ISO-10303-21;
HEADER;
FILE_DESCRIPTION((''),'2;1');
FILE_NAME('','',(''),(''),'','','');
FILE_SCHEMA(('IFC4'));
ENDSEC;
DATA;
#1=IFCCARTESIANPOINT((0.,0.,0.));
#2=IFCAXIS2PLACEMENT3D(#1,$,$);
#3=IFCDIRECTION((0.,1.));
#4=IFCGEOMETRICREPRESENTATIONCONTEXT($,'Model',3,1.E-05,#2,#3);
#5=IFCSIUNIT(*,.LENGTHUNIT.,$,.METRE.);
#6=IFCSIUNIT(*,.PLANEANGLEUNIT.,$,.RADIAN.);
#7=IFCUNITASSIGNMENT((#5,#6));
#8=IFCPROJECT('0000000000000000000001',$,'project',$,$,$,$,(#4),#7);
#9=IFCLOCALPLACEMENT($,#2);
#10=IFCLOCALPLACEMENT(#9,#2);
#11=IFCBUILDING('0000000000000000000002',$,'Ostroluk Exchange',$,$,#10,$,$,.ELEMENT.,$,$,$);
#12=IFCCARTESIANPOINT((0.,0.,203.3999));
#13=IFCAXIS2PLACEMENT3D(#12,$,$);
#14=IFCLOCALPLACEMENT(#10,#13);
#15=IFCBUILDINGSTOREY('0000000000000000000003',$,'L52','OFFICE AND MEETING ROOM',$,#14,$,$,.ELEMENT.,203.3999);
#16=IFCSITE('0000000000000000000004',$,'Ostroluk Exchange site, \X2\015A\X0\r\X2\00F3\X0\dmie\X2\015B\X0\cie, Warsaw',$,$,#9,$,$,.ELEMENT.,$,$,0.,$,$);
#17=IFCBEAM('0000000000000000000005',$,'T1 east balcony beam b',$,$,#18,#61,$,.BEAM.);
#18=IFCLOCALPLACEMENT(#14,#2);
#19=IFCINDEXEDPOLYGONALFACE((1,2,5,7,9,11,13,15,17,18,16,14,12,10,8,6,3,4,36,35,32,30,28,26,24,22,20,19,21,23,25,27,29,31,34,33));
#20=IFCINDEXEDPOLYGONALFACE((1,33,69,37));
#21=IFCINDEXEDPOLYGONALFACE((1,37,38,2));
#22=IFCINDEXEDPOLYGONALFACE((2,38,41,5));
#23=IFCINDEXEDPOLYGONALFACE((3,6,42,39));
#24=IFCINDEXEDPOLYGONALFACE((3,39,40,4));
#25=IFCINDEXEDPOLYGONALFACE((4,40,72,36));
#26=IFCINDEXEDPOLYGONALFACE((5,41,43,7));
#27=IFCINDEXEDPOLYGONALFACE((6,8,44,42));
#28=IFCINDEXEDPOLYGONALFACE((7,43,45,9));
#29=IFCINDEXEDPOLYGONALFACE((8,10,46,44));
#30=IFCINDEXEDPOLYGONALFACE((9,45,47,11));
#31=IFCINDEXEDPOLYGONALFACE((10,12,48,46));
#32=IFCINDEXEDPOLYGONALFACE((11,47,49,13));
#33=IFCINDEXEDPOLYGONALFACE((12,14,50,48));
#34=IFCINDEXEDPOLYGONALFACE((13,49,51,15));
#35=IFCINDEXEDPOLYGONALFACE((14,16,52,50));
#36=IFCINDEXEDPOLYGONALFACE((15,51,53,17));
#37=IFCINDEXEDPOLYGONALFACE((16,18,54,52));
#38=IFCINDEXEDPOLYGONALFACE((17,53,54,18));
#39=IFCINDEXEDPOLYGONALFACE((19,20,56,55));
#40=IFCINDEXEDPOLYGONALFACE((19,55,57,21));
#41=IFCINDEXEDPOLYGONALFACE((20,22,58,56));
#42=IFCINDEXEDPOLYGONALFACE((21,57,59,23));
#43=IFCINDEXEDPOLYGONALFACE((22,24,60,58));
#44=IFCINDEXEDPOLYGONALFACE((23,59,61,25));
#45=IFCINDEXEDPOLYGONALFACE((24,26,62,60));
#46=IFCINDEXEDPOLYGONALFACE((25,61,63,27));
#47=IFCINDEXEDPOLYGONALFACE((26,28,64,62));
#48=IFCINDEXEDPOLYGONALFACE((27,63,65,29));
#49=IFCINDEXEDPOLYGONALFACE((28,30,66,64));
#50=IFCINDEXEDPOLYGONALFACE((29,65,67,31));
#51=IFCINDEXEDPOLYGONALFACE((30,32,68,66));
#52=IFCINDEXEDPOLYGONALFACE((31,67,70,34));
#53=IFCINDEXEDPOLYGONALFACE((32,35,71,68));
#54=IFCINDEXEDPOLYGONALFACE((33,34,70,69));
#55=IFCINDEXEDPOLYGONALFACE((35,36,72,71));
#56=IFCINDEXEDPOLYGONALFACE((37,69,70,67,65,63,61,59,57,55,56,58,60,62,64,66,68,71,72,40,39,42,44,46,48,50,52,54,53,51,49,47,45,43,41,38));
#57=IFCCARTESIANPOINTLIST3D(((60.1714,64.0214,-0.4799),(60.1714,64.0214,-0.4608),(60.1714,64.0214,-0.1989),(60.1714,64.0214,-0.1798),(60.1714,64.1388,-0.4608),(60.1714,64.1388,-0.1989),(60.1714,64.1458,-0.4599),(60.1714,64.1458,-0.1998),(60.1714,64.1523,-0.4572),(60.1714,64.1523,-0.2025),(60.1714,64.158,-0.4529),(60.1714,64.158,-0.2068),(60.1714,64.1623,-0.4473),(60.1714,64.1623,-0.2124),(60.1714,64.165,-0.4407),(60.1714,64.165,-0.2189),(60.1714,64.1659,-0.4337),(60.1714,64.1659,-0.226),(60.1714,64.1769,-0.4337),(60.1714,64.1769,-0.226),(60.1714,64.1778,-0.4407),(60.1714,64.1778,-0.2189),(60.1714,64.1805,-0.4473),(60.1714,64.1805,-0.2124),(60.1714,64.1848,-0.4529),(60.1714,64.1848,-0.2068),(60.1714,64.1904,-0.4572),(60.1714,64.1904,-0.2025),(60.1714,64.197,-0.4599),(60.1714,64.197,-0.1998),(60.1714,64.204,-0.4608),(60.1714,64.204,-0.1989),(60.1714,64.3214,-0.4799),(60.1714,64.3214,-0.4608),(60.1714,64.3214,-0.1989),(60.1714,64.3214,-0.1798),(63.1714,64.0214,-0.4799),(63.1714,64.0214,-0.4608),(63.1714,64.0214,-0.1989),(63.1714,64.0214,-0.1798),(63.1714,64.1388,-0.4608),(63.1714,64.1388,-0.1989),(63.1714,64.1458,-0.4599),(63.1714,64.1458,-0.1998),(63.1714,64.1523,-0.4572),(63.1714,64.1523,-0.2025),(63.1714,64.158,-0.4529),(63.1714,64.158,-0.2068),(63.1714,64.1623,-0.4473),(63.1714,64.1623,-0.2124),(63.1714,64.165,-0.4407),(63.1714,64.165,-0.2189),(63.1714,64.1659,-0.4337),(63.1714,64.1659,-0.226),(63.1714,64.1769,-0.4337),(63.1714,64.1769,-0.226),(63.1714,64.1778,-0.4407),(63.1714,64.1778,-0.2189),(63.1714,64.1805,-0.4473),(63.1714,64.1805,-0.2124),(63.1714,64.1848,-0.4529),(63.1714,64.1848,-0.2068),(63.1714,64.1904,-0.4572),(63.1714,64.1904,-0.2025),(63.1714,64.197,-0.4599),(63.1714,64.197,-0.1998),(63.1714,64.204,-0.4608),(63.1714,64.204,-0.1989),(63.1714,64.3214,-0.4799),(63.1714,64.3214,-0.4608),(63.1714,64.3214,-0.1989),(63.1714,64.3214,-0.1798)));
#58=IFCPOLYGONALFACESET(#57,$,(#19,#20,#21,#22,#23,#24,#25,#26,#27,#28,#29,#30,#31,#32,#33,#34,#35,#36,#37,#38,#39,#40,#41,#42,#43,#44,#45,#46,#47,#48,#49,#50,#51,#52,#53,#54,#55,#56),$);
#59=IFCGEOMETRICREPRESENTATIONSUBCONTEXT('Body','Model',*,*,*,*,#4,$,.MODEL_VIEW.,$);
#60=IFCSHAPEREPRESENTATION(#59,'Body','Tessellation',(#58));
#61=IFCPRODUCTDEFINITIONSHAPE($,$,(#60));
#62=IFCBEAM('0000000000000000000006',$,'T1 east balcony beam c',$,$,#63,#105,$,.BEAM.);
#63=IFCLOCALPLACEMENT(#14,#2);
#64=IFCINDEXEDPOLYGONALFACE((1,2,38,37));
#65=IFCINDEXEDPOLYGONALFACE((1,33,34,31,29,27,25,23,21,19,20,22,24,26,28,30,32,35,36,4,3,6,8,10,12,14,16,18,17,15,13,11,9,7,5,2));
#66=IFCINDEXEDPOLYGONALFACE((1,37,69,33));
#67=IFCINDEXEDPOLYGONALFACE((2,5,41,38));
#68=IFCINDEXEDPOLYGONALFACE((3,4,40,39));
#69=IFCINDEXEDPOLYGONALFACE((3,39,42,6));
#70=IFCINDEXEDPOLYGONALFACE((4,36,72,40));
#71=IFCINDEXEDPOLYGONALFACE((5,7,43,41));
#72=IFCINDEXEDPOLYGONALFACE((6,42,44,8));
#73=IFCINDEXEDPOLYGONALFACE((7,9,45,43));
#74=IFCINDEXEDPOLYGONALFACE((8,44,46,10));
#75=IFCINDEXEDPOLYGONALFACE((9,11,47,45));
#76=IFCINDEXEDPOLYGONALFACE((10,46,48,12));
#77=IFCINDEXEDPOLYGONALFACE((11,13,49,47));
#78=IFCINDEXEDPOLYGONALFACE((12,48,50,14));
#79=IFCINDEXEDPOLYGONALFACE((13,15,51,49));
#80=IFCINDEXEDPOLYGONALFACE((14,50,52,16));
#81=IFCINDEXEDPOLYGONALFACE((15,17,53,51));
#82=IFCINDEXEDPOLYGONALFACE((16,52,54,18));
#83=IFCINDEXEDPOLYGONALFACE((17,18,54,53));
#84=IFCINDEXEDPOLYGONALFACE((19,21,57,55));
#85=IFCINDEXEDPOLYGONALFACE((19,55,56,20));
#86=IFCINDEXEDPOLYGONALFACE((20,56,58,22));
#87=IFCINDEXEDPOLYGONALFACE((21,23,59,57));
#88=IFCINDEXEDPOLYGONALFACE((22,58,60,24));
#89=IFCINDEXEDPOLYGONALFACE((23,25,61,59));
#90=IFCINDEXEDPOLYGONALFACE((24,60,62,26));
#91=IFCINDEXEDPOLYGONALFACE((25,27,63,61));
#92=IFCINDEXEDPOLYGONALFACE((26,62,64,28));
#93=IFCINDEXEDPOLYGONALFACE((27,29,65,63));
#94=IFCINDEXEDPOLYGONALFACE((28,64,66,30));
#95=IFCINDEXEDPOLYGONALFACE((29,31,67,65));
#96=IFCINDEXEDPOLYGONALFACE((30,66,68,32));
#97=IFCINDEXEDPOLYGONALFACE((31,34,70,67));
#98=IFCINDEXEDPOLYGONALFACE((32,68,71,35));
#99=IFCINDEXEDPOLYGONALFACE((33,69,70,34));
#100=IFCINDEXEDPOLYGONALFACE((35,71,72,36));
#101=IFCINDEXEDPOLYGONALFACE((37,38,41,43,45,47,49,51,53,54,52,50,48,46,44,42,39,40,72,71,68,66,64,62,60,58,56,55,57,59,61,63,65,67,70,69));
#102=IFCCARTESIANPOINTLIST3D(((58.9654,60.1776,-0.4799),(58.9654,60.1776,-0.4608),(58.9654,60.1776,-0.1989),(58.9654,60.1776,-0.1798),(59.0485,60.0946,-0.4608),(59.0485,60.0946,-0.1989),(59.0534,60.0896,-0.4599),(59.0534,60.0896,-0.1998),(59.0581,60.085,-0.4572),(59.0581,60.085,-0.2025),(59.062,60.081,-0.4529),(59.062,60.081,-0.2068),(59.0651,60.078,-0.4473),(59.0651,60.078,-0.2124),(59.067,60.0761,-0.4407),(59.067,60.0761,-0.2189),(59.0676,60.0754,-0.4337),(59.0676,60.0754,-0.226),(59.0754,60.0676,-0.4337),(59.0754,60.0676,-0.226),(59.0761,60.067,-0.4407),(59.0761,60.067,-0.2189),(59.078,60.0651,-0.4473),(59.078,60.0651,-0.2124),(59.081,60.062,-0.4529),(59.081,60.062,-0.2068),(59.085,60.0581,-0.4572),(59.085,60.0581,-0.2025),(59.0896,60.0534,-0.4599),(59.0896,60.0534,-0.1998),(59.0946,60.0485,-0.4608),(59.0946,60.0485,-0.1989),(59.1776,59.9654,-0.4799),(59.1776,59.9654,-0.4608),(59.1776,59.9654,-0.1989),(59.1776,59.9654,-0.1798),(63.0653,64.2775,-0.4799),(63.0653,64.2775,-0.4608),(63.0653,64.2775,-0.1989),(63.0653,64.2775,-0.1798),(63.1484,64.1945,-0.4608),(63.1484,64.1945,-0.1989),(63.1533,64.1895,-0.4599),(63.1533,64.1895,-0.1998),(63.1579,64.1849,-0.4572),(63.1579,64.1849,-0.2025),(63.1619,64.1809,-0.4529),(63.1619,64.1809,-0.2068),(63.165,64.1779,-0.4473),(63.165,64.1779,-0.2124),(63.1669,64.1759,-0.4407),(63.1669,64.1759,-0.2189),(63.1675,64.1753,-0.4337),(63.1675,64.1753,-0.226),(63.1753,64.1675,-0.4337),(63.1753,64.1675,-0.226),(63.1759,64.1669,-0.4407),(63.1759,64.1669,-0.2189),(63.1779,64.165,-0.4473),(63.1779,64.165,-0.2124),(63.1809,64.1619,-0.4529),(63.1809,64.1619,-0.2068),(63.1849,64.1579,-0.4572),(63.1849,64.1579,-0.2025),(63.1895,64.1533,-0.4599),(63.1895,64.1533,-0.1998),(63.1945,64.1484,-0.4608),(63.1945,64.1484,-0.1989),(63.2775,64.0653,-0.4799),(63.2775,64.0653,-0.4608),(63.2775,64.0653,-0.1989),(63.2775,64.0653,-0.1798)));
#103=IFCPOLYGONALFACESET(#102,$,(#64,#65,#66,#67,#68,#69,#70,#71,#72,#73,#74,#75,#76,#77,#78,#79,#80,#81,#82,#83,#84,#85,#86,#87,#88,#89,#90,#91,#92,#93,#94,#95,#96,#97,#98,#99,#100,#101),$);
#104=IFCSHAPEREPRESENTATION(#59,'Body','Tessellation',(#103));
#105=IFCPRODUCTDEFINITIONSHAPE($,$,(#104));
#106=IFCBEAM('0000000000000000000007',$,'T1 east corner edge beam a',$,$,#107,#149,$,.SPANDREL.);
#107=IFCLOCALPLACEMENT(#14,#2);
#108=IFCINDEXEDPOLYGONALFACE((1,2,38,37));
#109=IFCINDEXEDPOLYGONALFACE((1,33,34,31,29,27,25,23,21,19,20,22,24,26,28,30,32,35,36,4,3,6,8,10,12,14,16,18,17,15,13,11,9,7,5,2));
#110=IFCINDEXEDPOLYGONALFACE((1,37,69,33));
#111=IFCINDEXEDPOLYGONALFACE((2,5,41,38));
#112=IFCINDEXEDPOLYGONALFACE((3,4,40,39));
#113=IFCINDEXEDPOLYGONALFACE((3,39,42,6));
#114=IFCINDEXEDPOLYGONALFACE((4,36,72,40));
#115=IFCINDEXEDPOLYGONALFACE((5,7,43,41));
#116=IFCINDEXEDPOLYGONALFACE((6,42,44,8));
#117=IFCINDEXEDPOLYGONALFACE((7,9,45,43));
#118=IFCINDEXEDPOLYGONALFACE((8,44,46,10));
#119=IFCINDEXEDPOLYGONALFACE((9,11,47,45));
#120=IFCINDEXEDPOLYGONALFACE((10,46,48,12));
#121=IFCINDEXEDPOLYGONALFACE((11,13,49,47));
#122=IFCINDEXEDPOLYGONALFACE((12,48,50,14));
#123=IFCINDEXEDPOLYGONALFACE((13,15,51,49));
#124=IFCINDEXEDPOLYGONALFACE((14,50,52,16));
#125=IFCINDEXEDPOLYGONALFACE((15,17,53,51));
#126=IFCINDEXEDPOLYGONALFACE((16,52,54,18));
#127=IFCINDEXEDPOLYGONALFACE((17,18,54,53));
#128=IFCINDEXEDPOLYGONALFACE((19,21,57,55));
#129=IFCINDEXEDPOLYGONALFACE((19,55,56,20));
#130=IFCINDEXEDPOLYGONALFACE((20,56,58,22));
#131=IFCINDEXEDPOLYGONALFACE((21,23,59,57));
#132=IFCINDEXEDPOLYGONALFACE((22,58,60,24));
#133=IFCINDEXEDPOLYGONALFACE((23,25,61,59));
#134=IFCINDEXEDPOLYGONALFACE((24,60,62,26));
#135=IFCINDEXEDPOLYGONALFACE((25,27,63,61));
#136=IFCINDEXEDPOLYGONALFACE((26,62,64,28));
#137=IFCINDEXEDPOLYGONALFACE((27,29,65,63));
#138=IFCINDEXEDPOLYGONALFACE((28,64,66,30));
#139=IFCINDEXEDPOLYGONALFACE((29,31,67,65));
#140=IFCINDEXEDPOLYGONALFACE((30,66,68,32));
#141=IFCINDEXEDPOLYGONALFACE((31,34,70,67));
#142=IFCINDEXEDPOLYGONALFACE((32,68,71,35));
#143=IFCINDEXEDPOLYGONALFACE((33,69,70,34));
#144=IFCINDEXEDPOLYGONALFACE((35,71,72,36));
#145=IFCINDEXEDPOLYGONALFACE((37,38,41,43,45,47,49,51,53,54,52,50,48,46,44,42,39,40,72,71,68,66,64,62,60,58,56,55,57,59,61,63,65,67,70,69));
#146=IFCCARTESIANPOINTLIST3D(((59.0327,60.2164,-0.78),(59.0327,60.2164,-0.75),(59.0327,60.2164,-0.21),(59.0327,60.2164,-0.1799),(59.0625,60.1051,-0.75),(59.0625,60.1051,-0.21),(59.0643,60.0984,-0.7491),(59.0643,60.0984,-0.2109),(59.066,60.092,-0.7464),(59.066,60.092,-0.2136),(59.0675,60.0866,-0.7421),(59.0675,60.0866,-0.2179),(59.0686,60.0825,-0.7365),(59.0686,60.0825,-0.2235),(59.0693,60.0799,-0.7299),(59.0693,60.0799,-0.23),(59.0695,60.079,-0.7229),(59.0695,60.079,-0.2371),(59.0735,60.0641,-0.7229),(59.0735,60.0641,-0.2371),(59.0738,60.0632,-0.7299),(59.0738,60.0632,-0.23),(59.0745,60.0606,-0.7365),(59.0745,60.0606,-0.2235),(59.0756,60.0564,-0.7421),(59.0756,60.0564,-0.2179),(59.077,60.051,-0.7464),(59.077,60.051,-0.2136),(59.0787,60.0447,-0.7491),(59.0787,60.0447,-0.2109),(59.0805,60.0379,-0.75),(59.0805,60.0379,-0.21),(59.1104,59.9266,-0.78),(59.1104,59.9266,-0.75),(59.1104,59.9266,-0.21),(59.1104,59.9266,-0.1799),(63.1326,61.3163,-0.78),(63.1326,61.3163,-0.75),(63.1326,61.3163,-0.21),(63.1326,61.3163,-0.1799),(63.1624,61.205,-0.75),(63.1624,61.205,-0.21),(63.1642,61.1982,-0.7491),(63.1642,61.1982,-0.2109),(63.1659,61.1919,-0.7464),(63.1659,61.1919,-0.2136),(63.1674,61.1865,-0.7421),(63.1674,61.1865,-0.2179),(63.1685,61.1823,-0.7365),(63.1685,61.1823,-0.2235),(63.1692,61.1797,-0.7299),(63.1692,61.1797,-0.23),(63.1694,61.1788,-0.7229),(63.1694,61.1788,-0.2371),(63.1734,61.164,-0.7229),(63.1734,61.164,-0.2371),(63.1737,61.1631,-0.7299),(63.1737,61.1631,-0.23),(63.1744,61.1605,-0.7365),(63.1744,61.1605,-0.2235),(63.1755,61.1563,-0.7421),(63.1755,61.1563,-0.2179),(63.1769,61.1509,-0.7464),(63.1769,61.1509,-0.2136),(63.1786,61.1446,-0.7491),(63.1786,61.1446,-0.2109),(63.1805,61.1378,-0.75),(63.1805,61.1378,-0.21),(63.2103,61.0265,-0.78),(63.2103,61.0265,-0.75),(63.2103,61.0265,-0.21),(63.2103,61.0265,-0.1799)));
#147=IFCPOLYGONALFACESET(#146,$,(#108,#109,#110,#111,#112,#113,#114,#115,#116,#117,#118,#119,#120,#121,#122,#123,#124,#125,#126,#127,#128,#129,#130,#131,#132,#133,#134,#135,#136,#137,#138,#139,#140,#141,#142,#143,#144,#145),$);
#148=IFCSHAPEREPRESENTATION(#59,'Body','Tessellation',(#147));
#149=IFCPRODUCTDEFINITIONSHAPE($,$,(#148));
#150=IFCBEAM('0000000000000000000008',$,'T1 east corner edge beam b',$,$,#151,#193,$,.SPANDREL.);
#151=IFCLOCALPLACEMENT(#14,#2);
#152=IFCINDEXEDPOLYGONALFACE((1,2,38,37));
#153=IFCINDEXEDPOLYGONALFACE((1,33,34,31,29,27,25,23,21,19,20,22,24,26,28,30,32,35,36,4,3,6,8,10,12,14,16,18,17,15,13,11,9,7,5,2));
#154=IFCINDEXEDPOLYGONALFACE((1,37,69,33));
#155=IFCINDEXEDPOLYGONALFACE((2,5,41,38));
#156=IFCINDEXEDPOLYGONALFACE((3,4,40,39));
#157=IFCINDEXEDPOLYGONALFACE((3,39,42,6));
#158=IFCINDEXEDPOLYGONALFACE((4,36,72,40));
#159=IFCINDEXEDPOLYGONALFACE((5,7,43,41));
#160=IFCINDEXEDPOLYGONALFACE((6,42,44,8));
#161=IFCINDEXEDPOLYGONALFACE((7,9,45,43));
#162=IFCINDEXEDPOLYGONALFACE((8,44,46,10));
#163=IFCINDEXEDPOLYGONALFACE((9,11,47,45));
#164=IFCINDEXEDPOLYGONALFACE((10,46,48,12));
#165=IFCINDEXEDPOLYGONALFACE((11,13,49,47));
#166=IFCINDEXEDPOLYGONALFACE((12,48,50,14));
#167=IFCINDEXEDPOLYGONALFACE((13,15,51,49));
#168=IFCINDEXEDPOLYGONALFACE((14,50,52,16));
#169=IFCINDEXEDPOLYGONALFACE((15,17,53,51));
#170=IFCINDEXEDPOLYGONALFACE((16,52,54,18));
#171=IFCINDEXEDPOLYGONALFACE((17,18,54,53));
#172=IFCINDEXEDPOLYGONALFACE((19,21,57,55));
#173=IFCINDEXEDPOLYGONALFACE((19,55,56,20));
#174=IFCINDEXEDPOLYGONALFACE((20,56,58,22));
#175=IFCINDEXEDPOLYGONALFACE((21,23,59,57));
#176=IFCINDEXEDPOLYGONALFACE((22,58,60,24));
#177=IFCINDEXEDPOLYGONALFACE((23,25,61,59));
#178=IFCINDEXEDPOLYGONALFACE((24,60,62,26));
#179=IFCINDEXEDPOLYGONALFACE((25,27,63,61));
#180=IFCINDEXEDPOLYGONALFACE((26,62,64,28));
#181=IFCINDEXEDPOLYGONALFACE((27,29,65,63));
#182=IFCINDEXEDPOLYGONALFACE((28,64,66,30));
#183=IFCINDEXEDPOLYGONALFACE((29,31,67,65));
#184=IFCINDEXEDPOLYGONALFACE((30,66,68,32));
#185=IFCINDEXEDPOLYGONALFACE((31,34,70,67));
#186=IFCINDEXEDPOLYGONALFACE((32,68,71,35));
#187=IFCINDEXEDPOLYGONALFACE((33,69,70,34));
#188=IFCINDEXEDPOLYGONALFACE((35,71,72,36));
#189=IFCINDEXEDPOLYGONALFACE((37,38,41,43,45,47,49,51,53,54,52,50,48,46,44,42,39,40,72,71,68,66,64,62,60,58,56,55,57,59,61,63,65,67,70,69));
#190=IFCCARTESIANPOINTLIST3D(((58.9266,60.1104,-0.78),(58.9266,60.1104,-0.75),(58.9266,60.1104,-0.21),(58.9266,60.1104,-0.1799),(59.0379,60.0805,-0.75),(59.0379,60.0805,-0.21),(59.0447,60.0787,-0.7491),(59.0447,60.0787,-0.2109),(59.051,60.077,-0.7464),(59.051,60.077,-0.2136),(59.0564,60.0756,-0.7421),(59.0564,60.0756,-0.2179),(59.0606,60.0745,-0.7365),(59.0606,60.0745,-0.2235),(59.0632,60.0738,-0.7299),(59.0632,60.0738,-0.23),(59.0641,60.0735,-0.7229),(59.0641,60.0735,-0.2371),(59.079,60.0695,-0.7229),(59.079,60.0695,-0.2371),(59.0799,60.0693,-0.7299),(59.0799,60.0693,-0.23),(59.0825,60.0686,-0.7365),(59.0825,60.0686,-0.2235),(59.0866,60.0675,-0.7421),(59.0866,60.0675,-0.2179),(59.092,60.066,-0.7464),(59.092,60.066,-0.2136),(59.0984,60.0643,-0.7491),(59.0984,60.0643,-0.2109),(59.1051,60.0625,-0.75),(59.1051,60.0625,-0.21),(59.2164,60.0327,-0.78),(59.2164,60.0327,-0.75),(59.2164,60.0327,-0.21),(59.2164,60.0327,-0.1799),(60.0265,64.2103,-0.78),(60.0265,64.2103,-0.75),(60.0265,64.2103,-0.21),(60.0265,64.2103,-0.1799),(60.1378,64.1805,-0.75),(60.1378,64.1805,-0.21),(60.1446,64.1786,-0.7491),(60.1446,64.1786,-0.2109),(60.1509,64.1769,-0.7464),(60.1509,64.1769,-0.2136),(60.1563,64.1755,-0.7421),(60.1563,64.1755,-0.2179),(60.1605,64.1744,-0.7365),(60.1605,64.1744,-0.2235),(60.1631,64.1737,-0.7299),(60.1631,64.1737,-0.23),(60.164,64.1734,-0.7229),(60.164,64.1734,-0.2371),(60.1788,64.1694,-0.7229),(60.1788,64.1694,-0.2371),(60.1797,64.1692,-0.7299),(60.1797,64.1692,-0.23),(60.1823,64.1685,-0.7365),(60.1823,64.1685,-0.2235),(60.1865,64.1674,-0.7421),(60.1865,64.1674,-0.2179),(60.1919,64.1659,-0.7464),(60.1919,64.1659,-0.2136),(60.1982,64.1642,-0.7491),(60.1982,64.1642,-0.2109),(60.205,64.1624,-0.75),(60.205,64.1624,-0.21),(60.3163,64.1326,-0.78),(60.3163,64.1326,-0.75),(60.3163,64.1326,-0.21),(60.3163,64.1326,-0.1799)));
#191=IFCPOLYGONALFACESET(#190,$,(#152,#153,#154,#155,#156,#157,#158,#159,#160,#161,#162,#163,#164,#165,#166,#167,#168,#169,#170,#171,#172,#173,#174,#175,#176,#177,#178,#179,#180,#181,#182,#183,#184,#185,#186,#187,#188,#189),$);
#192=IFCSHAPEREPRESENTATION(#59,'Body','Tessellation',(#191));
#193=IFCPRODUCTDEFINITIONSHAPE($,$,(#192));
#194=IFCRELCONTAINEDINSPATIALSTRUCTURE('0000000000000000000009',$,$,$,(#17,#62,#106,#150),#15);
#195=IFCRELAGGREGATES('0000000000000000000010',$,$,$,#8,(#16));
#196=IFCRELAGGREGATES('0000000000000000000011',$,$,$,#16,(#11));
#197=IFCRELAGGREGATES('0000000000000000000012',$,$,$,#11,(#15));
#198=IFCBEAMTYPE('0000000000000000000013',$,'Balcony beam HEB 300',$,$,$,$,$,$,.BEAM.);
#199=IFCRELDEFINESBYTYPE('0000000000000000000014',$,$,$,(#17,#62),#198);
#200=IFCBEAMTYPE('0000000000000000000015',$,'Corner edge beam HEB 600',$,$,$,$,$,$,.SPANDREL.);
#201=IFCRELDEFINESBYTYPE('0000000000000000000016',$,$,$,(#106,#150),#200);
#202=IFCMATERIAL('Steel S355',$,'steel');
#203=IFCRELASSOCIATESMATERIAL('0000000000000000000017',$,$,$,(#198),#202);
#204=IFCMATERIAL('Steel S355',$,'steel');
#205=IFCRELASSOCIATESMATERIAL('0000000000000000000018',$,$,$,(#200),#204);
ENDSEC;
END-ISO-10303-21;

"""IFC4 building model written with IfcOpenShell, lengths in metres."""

from ifc_helpers import new_model, si_unit, direction, frame, origin, origin_2d, place, context, subcontext, project, spatial, i_section, extrude, material, material_profile, profile_set, type_object, element, save


model = new_model("IFC4")

# Units and contexts
model_context = context("Model", 3, precision=1e-05, world=origin(), true_north=direction((0.0, 1.0)))
body_context = subcontext(model_context, "Body", "Model", "MODEL_VIEW")
ifc_project = project(units=[si_unit("LENGTHUNIT", "METRE"), si_unit("PLANEANGLEUNIT", "RADIAN")], contexts=[model_context])

# Site, building, storey
site_placement = place(None, origin())
site = spatial("IfcSite", under=ifc_project, at=site_placement, Name="Ostroluk Exchange site, Śródmieście, Warsaw", CompositionType="ELEMENT", RefElevation=0.0)
building_placement = place(site_placement, origin())
building = spatial("IfcBuilding", under=site, at=building_placement, Name="Ostroluk Exchange", CompositionType="ELEMENT")
storey_placement = place(building_placement, frame((0.0, 0.0, 203.3999)))
storey = spatial("IfcBuildingStorey", under=building, at=storey_placement, Name="L52", Description="OFFICE AND MEETING ROOM", CompositionType="ELEMENT", Elevation=203.3999)

# Beams
ifc_material_1 = material(Name="Steel S355", Category="steel")
ifc_material_profile_1 = material_profile(ifc_material_1, i_section(OverallWidth=0.3, OverallDepth=0.3, WebThickness=0.011, FlangeThickness=0.019, FilletRadius=0.0271, at=origin_2d()), Name="HEB 300")
ifc_profile_set_1 = profile_set([ifc_material_profile_1], Name="Steel S355")
beam_type_1 = type_object("IfcBeamType", Name="Balcony beam HEB 300", PredefinedType="BEAM", material=ifc_profile_set_1)
for number, where, z_axis, x_axis, name in (
    (1, (60.1714, 64.1714, -0.3298), (1.0, 0.0, 0.0), (0.0, 1.0, 0.0), "T1 east balcony beam b"),
):
    element("IfcBeam", number, at=place(storey_placement, frame(where, z_axis=z_axis, x_axis=x_axis)), inside=storey, type_object=beam_type_1, Name=name, PredefinedType="BEAM", context=body_context, shape_type="SweptSolid", body=[
        extrude(i_section(OverallWidth=0.3, OverallDepth=0.3, WebThickness=0.011, FlangeThickness=0.019, FilletRadius=0.0271, at=origin_2d()), origin(), (0.0, 0.0, 1.0), 3.0),
    ])
beam_1_placement = place(storey_placement, frame((59.0715, 60.0715, -0.3298), z_axis=(0.707107, 0.707107, 0.0), x_axis=(-0.707107, 0.707107, 0.0)))
element("IfcBeam", 2, at=beam_1_placement, inside=storey, type_object=beam_type_1, Name="T1 east balcony beam c", PredefinedType="BEAM", context=body_context, shape_type="SweptSolid", body=[
    extrude(i_section(OverallWidth=0.3, OverallDepth=0.3, WebThickness=0.011, FlangeThickness=0.019, FilletRadius=0.0271, at=origin_2d()), origin(), (0.0, 0.0, 1.0), 5.7981),
])
ifc_material_2 = material(Name="Steel S355", Category="steel")
ifc_material_profile_2 = material_profile(ifc_material_2, i_section(OverallWidth=0.3, OverallDepth=0.6001, WebThickness=0.0154, FlangeThickness=0.03, FilletRadius=0.0271, at=origin_2d()), Name="HEB 600")
ifc_profile_set_2 = profile_set([ifc_material_profile_2], Name="Steel S355")
beam_type_2 = type_object("IfcBeamType", Name="Corner edge beam HEB 600", PredefinedType="SPANDREL", material=ifc_profile_set_2)
for number, where, z_axis, x_axis, name in (
    (3, (59.0715, 60.0715, -0.48), (0.965849, 0.259105, 0.0), (-0.259105, 0.965849, 0.0), "T1 east corner edge beam a"),
    (4, (59.0715, 60.0715, -0.48), (0.259105, 0.965849, 0.0), (-0.965849, 0.259105, 0.0), "T1 east corner edge beam b"),
):
    element("IfcBeam", number, at=place(storey_placement, frame(where, z_axis=z_axis, x_axis=x_axis)), inside=storey, type_object=beam_type_2, Name=name, PredefinedType="SPANDREL", context=body_context, shape_type="SweptSolid", body=[
        extrude(i_section(OverallWidth=0.3, OverallDepth=0.6001, WebThickness=0.0154, FlangeThickness=0.03, FilletRadius=0.0271, at=origin_2d()), origin(), (0.0, 0.0, 1.0), 4.2449),
    ])

save(model, "model.ifc")
